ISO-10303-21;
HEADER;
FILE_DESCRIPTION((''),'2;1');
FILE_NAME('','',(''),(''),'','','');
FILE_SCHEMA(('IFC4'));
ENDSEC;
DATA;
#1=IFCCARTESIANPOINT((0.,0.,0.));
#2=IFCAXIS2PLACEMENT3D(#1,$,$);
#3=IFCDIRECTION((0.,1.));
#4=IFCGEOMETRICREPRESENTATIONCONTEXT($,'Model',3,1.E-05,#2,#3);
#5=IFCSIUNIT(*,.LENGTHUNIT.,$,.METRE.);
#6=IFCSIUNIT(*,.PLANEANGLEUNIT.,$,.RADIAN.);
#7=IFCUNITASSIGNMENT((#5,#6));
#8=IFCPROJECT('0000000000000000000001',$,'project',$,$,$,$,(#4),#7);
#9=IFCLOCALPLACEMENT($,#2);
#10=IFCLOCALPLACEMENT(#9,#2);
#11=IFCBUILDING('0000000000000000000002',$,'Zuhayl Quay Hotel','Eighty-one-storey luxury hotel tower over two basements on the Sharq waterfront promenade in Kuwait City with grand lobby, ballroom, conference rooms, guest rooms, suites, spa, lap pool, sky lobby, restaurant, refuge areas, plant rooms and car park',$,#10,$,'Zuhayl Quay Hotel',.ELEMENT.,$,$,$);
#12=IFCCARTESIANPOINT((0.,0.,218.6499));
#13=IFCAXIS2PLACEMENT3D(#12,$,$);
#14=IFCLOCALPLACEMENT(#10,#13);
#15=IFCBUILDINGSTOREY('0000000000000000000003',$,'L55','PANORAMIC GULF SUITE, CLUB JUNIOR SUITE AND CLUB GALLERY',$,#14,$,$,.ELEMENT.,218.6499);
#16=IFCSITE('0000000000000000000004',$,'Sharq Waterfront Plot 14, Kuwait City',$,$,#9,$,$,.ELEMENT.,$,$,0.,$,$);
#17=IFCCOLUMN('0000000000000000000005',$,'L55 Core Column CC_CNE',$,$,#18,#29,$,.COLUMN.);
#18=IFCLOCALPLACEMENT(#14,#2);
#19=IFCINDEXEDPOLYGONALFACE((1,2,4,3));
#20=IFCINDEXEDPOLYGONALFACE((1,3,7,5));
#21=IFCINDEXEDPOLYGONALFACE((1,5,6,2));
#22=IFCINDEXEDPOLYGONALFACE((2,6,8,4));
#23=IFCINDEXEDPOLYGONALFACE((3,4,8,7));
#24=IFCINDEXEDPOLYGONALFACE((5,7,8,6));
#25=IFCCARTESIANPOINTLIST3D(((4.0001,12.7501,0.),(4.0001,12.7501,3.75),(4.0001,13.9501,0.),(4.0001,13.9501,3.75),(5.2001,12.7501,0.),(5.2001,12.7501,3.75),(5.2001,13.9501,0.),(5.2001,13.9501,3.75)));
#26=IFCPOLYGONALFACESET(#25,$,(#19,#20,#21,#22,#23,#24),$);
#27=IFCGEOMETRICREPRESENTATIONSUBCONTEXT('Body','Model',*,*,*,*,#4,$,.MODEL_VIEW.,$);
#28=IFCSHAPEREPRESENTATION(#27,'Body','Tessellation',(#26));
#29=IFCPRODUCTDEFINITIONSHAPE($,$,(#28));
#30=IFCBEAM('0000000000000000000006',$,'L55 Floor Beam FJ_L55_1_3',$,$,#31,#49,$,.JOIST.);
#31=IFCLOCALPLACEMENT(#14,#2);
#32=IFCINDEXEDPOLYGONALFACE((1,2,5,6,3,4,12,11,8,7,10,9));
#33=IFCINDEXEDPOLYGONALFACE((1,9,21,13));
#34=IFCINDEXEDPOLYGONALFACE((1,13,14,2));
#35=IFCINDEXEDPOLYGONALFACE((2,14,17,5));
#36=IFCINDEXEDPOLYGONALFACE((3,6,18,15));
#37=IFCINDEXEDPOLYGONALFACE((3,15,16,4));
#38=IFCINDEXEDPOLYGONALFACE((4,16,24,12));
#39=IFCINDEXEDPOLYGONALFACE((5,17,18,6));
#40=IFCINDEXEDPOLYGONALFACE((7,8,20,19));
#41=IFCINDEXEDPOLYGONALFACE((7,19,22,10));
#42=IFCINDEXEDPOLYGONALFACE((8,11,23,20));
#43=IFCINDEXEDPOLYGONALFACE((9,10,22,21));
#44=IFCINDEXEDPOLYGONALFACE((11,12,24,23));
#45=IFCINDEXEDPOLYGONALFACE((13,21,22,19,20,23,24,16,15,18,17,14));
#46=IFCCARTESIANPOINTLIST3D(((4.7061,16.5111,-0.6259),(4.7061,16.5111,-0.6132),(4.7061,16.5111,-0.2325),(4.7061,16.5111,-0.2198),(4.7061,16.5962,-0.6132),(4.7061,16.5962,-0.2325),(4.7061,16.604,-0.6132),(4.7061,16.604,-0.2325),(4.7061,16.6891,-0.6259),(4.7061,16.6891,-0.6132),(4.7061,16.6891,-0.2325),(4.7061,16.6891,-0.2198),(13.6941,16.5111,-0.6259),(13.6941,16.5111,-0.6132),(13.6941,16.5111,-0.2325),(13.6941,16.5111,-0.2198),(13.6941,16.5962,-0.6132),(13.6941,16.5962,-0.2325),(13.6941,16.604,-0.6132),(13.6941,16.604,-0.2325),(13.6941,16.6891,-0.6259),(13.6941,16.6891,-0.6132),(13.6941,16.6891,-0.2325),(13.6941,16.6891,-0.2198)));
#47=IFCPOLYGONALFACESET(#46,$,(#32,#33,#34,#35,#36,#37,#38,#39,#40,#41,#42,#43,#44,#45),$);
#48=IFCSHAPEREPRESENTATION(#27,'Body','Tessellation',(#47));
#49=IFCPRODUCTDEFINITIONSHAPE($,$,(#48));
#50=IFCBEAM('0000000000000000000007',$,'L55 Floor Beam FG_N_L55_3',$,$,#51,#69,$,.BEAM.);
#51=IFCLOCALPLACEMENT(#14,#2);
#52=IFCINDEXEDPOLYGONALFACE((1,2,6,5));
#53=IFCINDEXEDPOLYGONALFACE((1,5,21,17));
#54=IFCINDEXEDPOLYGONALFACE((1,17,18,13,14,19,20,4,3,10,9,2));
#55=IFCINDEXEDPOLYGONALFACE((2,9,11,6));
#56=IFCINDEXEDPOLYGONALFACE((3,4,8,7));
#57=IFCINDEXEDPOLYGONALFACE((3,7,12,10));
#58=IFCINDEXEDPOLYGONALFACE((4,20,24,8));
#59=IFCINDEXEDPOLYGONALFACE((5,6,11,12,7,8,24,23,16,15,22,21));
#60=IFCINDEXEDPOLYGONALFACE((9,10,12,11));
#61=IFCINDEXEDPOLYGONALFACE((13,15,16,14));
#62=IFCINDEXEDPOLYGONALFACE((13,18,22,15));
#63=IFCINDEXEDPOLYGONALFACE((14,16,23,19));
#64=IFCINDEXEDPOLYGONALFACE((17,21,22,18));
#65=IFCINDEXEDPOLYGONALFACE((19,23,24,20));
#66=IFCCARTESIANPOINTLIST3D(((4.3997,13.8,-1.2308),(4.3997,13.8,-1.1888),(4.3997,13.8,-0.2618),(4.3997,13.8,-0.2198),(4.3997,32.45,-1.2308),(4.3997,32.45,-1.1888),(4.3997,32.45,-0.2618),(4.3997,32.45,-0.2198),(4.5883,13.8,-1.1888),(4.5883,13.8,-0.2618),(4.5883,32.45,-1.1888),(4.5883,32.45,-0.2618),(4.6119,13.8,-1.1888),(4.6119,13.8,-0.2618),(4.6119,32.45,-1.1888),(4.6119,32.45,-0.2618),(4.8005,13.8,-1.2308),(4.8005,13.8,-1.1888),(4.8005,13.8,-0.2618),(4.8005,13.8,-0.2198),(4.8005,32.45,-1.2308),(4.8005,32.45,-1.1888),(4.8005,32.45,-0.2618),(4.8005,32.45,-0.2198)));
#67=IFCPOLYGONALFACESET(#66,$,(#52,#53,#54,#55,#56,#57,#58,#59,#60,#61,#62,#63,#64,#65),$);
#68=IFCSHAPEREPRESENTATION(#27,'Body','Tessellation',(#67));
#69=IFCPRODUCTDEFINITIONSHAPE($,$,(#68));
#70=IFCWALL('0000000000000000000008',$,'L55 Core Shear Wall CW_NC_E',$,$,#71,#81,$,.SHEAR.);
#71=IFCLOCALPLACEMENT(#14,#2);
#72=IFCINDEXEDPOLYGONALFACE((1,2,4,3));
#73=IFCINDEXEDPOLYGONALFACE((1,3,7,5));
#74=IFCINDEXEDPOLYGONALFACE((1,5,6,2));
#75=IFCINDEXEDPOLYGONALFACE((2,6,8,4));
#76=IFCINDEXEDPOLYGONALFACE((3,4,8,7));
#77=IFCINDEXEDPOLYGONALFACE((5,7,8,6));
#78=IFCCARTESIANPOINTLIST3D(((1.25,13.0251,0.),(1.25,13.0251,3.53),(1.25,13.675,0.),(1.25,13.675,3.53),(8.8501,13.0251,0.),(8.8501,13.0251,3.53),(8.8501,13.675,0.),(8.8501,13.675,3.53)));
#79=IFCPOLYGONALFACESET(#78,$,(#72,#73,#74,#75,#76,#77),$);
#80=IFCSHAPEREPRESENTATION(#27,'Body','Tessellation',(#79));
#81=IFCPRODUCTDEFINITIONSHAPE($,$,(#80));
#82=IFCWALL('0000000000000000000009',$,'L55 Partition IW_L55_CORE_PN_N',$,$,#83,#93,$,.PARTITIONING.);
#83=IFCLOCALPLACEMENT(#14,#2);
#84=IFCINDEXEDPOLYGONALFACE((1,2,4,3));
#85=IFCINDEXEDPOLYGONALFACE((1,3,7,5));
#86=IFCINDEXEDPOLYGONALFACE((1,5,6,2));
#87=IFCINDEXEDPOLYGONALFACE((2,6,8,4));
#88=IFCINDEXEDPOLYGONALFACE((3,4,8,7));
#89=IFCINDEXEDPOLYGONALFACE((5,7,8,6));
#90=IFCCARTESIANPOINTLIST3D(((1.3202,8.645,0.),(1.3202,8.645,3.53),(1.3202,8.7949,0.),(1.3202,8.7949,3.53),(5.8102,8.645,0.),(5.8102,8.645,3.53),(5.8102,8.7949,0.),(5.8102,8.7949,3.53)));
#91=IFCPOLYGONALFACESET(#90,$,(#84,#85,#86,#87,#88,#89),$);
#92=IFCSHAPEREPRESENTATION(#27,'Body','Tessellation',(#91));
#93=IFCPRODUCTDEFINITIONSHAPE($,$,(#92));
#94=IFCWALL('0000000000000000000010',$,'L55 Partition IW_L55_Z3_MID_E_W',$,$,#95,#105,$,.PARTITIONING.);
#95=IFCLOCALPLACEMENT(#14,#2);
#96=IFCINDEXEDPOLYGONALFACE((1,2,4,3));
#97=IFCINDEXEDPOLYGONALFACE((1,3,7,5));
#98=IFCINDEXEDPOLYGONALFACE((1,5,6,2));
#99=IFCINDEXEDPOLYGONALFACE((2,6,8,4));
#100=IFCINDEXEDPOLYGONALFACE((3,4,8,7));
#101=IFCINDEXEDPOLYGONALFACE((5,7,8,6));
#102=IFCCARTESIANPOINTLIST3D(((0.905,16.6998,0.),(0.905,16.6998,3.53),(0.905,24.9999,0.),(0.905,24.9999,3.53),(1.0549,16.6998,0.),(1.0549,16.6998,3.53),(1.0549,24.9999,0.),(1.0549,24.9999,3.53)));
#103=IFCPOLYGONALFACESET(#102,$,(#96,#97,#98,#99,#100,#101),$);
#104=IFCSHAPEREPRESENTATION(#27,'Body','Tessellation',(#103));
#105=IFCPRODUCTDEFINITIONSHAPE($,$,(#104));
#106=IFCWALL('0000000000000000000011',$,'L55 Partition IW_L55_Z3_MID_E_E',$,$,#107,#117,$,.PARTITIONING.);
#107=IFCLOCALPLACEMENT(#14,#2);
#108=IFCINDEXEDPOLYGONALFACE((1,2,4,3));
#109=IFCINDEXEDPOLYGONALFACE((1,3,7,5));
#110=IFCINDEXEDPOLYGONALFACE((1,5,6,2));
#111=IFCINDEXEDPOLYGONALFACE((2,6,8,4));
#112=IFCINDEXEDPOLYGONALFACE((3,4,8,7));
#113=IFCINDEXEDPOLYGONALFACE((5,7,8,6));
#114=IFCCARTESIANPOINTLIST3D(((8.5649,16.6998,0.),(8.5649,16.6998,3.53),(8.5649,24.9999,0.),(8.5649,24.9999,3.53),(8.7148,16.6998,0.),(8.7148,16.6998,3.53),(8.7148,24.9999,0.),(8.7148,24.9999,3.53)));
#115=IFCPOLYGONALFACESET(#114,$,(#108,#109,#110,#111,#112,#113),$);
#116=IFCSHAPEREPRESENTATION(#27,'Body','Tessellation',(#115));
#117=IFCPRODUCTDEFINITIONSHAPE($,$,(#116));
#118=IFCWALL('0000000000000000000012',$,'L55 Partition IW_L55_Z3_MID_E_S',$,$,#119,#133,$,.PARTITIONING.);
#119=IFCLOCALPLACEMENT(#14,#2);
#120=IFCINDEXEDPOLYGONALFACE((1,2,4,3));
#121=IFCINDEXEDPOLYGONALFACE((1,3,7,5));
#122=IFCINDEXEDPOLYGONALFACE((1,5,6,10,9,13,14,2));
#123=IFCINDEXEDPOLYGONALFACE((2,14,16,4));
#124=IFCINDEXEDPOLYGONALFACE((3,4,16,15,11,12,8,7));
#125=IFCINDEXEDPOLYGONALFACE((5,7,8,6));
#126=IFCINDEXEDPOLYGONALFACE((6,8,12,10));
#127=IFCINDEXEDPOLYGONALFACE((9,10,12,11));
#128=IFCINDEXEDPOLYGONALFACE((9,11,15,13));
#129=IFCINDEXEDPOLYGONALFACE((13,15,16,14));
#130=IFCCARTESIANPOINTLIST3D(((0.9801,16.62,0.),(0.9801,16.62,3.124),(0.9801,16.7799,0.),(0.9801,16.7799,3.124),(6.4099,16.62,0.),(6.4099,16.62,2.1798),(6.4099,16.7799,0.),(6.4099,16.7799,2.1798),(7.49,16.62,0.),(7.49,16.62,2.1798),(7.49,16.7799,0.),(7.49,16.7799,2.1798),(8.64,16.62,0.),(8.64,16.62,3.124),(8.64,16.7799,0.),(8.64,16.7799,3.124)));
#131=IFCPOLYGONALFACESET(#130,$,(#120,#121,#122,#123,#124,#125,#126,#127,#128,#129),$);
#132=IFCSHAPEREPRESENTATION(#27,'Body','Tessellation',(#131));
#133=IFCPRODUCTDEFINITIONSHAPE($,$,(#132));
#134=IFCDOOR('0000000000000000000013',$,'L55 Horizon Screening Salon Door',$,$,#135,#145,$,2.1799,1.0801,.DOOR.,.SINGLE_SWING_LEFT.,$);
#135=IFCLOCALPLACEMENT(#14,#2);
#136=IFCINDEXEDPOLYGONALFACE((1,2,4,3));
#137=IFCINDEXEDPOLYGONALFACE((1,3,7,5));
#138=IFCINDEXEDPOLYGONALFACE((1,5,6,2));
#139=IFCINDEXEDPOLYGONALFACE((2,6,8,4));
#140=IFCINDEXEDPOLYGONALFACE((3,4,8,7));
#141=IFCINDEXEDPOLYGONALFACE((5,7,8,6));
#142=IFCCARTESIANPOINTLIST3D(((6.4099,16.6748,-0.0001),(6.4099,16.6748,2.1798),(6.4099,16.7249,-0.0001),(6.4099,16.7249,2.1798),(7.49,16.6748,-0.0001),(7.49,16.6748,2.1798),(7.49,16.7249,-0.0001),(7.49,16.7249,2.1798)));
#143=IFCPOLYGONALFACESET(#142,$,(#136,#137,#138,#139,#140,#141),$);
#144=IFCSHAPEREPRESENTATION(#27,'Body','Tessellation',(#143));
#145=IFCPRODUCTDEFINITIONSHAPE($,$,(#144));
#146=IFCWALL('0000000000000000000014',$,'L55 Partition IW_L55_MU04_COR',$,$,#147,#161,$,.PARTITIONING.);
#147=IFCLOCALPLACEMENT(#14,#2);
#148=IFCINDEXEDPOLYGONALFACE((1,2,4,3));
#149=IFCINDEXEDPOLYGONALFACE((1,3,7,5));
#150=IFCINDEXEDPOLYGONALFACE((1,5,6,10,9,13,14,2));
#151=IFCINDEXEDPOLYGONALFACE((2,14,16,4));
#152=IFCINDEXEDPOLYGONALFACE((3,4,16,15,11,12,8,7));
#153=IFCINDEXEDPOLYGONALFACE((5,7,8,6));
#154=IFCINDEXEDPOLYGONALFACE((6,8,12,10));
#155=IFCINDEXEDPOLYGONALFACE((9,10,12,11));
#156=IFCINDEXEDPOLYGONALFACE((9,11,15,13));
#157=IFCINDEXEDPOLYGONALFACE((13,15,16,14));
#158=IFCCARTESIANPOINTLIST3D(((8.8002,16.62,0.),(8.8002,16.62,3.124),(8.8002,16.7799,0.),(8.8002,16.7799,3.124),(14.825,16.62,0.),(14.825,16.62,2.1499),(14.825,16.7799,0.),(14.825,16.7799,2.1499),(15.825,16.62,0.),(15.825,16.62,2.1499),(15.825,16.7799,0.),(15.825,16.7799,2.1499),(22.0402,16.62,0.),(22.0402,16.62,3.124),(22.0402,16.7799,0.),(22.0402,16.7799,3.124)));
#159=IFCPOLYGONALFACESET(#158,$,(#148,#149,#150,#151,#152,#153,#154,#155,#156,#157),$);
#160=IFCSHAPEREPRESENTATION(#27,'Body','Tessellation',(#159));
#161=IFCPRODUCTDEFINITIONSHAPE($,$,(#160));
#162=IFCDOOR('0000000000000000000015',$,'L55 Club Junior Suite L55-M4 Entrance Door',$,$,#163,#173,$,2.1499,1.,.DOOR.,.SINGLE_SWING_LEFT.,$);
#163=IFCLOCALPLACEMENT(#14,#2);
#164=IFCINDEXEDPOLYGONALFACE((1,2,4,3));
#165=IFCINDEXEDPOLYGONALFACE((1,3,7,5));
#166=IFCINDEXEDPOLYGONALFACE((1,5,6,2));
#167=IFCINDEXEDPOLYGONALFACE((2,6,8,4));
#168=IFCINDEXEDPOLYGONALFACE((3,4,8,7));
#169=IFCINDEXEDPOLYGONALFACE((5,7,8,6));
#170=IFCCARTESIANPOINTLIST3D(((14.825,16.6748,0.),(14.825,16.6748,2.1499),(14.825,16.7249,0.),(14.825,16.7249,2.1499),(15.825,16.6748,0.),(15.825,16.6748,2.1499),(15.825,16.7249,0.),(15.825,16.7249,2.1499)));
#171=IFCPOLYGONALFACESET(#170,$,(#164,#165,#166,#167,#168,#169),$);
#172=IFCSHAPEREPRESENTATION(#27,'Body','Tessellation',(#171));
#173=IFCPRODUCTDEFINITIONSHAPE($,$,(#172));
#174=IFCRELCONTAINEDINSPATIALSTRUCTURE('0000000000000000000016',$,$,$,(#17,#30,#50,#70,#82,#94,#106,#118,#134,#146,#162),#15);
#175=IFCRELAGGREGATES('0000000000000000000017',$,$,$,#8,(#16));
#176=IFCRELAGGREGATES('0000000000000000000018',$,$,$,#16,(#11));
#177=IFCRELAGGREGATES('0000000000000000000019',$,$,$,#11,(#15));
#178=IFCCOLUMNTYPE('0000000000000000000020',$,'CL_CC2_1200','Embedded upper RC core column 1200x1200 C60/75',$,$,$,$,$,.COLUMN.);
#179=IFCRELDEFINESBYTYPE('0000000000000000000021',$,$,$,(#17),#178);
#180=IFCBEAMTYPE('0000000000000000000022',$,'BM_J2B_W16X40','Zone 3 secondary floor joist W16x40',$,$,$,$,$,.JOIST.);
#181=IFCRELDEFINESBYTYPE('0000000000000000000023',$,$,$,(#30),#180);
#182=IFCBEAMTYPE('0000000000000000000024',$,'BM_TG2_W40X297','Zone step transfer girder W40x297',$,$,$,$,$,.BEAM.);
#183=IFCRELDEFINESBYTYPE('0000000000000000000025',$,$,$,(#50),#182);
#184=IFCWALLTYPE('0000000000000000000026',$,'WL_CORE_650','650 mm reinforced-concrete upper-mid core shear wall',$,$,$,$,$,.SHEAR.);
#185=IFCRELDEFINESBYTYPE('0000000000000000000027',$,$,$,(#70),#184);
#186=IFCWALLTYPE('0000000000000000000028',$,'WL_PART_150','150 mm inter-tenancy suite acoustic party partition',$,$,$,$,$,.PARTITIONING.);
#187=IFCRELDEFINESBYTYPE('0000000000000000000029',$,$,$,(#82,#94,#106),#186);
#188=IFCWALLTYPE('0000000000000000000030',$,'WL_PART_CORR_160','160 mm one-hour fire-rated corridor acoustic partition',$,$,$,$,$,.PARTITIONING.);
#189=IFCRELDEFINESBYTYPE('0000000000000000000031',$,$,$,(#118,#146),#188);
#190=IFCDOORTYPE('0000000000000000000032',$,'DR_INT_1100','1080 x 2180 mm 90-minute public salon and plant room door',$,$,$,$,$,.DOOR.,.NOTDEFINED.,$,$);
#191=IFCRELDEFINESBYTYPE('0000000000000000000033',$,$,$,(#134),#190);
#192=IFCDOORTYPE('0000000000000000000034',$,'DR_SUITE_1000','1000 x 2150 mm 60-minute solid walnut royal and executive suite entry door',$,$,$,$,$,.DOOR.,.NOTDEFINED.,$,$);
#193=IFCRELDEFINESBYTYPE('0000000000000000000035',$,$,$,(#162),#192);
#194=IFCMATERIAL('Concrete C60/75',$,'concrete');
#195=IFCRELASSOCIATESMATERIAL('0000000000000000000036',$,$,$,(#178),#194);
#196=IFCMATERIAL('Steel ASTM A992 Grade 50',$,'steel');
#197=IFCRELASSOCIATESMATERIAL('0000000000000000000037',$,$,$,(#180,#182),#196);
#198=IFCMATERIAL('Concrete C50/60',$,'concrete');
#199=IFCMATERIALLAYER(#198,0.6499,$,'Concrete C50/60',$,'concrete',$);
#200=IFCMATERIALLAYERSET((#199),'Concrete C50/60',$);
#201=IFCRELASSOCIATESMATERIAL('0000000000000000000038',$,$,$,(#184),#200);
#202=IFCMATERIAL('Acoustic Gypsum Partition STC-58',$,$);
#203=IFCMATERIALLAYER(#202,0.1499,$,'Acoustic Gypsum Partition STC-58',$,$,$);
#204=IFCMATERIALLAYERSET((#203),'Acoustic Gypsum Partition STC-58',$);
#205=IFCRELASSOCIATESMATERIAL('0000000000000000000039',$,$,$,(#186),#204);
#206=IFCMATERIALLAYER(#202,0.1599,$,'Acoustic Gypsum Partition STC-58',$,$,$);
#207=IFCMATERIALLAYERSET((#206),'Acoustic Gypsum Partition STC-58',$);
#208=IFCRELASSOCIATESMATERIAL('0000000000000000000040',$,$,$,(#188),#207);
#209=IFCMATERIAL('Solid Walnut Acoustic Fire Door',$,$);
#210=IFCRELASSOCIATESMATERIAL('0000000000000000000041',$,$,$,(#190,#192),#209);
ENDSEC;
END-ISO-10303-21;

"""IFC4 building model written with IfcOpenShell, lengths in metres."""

from ifc_helpers import new_model, si_unit, direction, frame, frame_2d, origin, origin_2d, place, context, subcontext, project, spatial, rectangle, i_section, extrude, material, layer, layer_set, material_profile, profile_set, type_object, element, fill, save


model = new_model("IFC4")

# Units and contexts
model_context = context("Model", 3, precision=1e-05, world=origin(), true_north=direction((0.0, 1.0)))
body_context = subcontext(model_context, "Body", "Model", "MODEL_VIEW")
ifc_project = project(units=[si_unit("LENGTHUNIT", "METRE"), si_unit("PLANEANGLEUNIT", "RADIAN")], contexts=[model_context])

# Site, building, storey
site_placement = place(None, origin())
site = spatial("IfcSite", under=ifc_project, at=site_placement, Name="Sharq Waterfront Plot 14, Kuwait City", CompositionType="ELEMENT", RefElevation=0.0)
building_placement = place(site_placement, origin())
building = spatial("IfcBuilding", under=site, at=building_placement, Name="Zuhayl Quay Hotel", Description="Eighty-one-storey luxury hotel tower over two basements on the Sharq waterfront promenade in Kuwait City with grand lobby, ballroom, conference rooms, guest rooms, suites, spa, lap pool, sky lobby, restaurant, refuge areas, plant rooms and car park", LongName="Zuhayl Quay Hotel", CompositionType="ELEMENT")
storey_placement = place(building_placement, frame((0.0, 0.0, 218.6499)))
storey = spatial("IfcBuildingStorey", under=building, at=storey_placement, Name="L55", Description="PANORAMIC GULF SUITE, CLUB JUNIOR SUITE AND CLUB GALLERY", CompositionType="ELEMENT", Elevation=218.6499)

# Column
ifc_material_1 = material(Name="Concrete C60/75", Category="concrete")
ifc_material_profile_1 = material_profile(ifc_material_1, rectangle(XDim=1.2, YDim=1.2, at=origin_2d()), Name="RC1200X1200")
ifc_profile_set_1 = profile_set([ifc_material_profile_1], Name="Concrete C60/75")
column_type = type_object("IfcColumnType", Name="CL_CC2_1200", Description="Embedded upper RC core column 1200x1200 C60/75", PredefinedType="COLUMN", material=ifc_profile_set_1)
column_placement = place(storey_placement, frame((4.6001, 13.3501, 0.0), z_axis=(0.0, 0.0, 1.0), x_axis=(1.0, 0.0, 0.0)))
element("IfcColumn", 1, at=column_placement, inside=storey, type_object=column_type, Name="L55 Core Column CC_CNE", PredefinedType="COLUMN", context=body_context, shape_type="SweptSolid", body=[
    extrude(rectangle(XDim=1.2, YDim=1.2, at=origin_2d()), origin(), (0.0, 0.0, 1.0), 3.75),
])

# Beams
ifc_material_2 = material(Name="Steel ASTM A992 Grade 50", Category="steel")
ifc_material_profile_2 = material_profile(ifc_material_2, i_section(OverallWidth=0.178, OverallDepth=0.406, WebThickness=0.0078, FlangeThickness=0.0127, at=origin_2d()), Name="W16X40")
ifc_profile_set_2 = profile_set([ifc_material_profile_2], Name="Steel ASTM A992 Grade 50")
beam_type_1 = type_object("IfcBeamType", Name="BM_J2B_W16X40", Description="Zone 3 secondary floor joist W16x40", PredefinedType="JOIST", material=ifc_profile_set_2)
beam_1_placement = place(storey_placement, frame((4.7061, 16.6001, -0.4229), z_axis=(1.0, 0.0, 0.0), x_axis=(0.0, 1.0, 0.0)))
element("IfcBeam", 2, at=beam_1_placement, inside=storey, type_object=beam_type_1, Name="L55 Floor Beam FJ_L55_1_3", PredefinedType="JOIST", context=body_context, shape_type="SweptSolid", body=[
    extrude(i_section(OverallWidth=0.178, OverallDepth=0.406, WebThickness=0.0078, FlangeThickness=0.0127, at=origin_2d()), origin(), (0.0, 0.0, 1.0), 8.988),
])
ifc_material_profile_3 = material_profile(ifc_material_2, i_section(OverallWidth=0.4009, OverallDepth=1.011, WebThickness=0.0237, FlangeThickness=0.042, at=origin_2d()), Name="W40X297")
ifc_profile_set_3 = profile_set([ifc_material_profile_3], Name="Steel ASTM A992 Grade 50")
beam_type_2 = type_object("IfcBeamType", Name="BM_TG2_W40X297", Description="Zone step transfer girder W40x297", PredefinedType="BEAM", material=ifc_profile_set_3)
beam_2_placement = place(storey_placement, frame((4.6001, 13.8, -0.7253), z_axis=(0.0, 1.0, 0.0), x_axis=(-1.0, 0.0, 0.0)))
element("IfcBeam", 3, at=beam_2_placement, inside=storey, type_object=beam_type_2, Name="L55 Floor Beam FG_N_L55_3", PredefinedType="BEAM", context=body_context, shape_type="SweptSolid", body=[
    extrude(i_section(OverallWidth=0.4009, OverallDepth=1.011, WebThickness=0.0237, FlangeThickness=0.042, at=origin_2d()), origin(), (0.0, 0.0, 1.0), 18.6499),
])

# Walls
ifc_material_3 = material(Name="Concrete C50/60", Category="concrete")
ifc_layer_1 = layer(ifc_material_3, 0.6499, Name="Concrete C50/60", Category="concrete")
ifc_layer_set_1 = layer_set([ifc_layer_1], Name="Concrete C50/60")
wall_type_1 = type_object("IfcWallType", Name="WL_CORE_650", Description="650 mm reinforced-concrete upper-mid core shear wall", PredefinedType="SHEAR", material=ifc_layer_set_1)
wall_1_placement = place(storey_placement, frame((1.25, 13.3501, 0.0), z_axis=(0.0, 0.0, 1.0), x_axis=(1.0, 0.0, 0.0)))
element("IfcWall", 4, at=wall_1_placement, inside=storey, type_object=wall_type_1, Name="L55 Core Shear Wall CW_NC_E", PredefinedType="SHEAR", context=body_context, shape_type="SweptSolid", body=[
    extrude(rectangle(XDim=7.6001, YDim=0.6499, at=frame_2d((3.8, 0.0))), origin(), (0.0, 0.0, 1.0), 3.53),
])
ifc_material_4 = material(Name="Acoustic Gypsum Partition STC-58")
ifc_layer_2 = layer(ifc_material_4, 0.1499, Name="Acoustic Gypsum Partition STC-58")
ifc_layer_set_2 = layer_set([ifc_layer_2], Name="Acoustic Gypsum Partition STC-58")
wall_type_2 = type_object("IfcWallType", Name="WL_PART_150", Description="150 mm inter-tenancy suite acoustic party partition", PredefinedType="PARTITIONING", material=ifc_layer_set_2)
wall_2_placement = place(storey_placement, frame((1.3201, 8.72, 0.0), z_axis=(0.0, 0.0, 1.0), x_axis=(1.0, 0.0, 0.0)))
element("IfcWall", 5, at=wall_2_placement, inside=storey, type_object=wall_type_2, Name="L55 Partition IW_L55_CORE_PN_N", PredefinedType="PARTITIONING", context=body_context, shape_type="SweptSolid", body=[
    extrude(rectangle(XDim=4.49, YDim=0.1499, at=frame_2d((2.2451, 0.0))), origin(), (0.0, 0.0, 1.0), 3.53),
])
for number, where, z_axis, x_axis, name in (
    (6, (0.98, 16.7, 0.0), (0.0, 0.0, 1.0), (0.0, 1.0, 0.0), "L55 Partition IW_L55_Z3_MID_E_W"),
    (7, (8.6399, 16.7, 0.0), (0.0, 0.0, 1.0), (0.0, 1.0, 0.0), "L55 Partition IW_L55_Z3_MID_E_E"),
):
    element("IfcWall", number, at=place(storey_placement, frame(where, z_axis=z_axis, x_axis=x_axis)), inside=storey, type_object=wall_type_2, Name=name, PredefinedType="PARTITIONING", context=body_context, shape_type="SweptSolid", body=[
        extrude(rectangle(XDim=8.3, YDim=0.1499, at=frame_2d((4.1499, 0.0))), origin(), (0.0, 0.0, 1.0), 3.53),
    ])

# Walls, openings, doors
ifc_layer_3 = layer(ifc_material_4, 0.1599, Name="Acoustic Gypsum Partition STC-58")
ifc_layer_set_3 = layer_set([ifc_layer_3], Name="Acoustic Gypsum Partition STC-58")
wall_type_3 = type_object("IfcWallType", Name="WL_PART_CORR_160", Description="160 mm one-hour fire-rated corridor acoustic partition", PredefinedType="PARTITIONING", material=ifc_layer_set_3)
wall_3_placement = place(storey_placement, frame((0.98, 16.7, 0.0), z_axis=(0.0, 0.0, 1.0), x_axis=(1.0, 0.0, 0.0)))
wall_3 = element("IfcWall", 8, at=wall_3_placement, inside=storey, type_object=wall_type_3, Name="L55 Partition IW_L55_Z3_MID_E_S", PredefinedType="PARTITIONING", context=body_context, shape_type="SweptSolid", body=[
    extrude(rectangle(XDim=7.6599, YDim=0.1599, at=frame_2d((3.8301, 0.0))), origin(), (0.0, 0.0, 1.0), 3.124),
])
opening_1_placement = place(wall_3_placement, frame((5.4299, 0.0, 0.0)))
opening_1 = element("IfcOpeningElement", 9, at=opening_1_placement, cuts=wall_3, PredefinedType="OPENING", context=body_context, shape_type="SweptSolid", body=[
    extrude(rectangle(XDim=1.0801, YDim=2.1799, at=frame_2d((0.54, 1.0898))), frame((0.0, 0.0898, 0.0), z_axis=(0.0, -1.0, 0.0), x_axis=(1.0, 0.0, 0.0)), (0.0, 0.0, 1.0), 0.1799),
])
ifc_material_5 = material(Name="Solid Walnut Acoustic Fire Door")
door_type_1 = type_object("IfcDoorType", Name="DR_INT_1100", Description="1080 x 2180 mm 90-minute public salon and plant room door", OperationType="NOTDEFINED", PredefinedType="DOOR", material=ifc_material_5)
door_1_placement = place(opening_1_placement, origin())
door_1 = element("IfcDoor", 10, at=door_1_placement, inside=storey, type_object=door_type_1, Name="L55 Horizon Screening Salon Door", OperationType="SINGLE_SWING_LEFT", OverallHeight=2.1799, OverallWidth=1.0801, PredefinedType="DOOR", context=body_context, shape_type="SweptSolid", body=[
    extrude(rectangle(XDim=1.0801, YDim=2.1799, at=frame_2d((0.54, 1.0898))), frame((0.0, 0.0249, 0.0), z_axis=(0.0, -1.0, 0.0), x_axis=(1.0, 0.0, 0.0)), (0.0, 0.0, 1.0), 0.05),
])
fill(opening_1, door_1)
wall_4_placement = place(storey_placement, frame((8.8, 16.7, 0.0), z_axis=(0.0, 0.0, 1.0), x_axis=(1.0, 0.0, 0.0)))
wall_4 = element("IfcWall", 11, at=wall_4_placement, inside=storey, type_object=wall_type_3, Name="L55 Partition IW_L55_MU04_COR", PredefinedType="PARTITIONING", context=body_context, shape_type="SweptSolid", body=[
    extrude(rectangle(XDim=13.24, YDim=0.1599, at=frame_2d((6.6201, 0.0))), origin(), (0.0, 0.0, 1.0), 3.124),
])
opening_2_placement = place(wall_4_placement, frame((6.0249, 0.0, 0.0)))
opening_2 = element("IfcOpeningElement", 12, at=opening_2_placement, cuts=wall_4, PredefinedType="OPENING", context=body_context, shape_type="SweptSolid", body=[
    extrude(rectangle(XDim=1.0, YDim=2.1499, at=frame_2d((0.5, 1.075))), frame((0.0, 0.0898, 0.0), z_axis=(0.0, -1.0, 0.0), x_axis=(1.0, 0.0, 0.0)), (0.0, 0.0, 1.0), 0.1799),
])
door_type_2 = type_object("IfcDoorType", Name="DR_SUITE_1000", Description="1000 x 2150 mm 60-minute solid walnut royal and executive suite entry door", OperationType="NOTDEFINED", PredefinedType="DOOR", material=ifc_material_5)
door_2_placement = place(opening_2_placement, origin())
door_2 = element("IfcDoor", 13, at=door_2_placement, inside=storey, type_object=door_type_2, Name="L55 Club Junior Suite L55-M4 Entrance Door", OperationType="SINGLE_SWING_LEFT", OverallHeight=2.1499, OverallWidth=1.0, PredefinedType="DOOR", context=body_context, shape_type="SweptSolid", body=[
    extrude(rectangle(XDim=1.0, YDim=2.1499, at=frame_2d((0.5, 1.075))), frame((0.0, 0.0249, 0.0), z_axis=(0.0, -1.0, 0.0), x_axis=(1.0, 0.0, 0.0)), (0.0, 0.0, 1.0), 0.05),
])
fill(opening_2, door_2)

save(model, "model.ifc")
